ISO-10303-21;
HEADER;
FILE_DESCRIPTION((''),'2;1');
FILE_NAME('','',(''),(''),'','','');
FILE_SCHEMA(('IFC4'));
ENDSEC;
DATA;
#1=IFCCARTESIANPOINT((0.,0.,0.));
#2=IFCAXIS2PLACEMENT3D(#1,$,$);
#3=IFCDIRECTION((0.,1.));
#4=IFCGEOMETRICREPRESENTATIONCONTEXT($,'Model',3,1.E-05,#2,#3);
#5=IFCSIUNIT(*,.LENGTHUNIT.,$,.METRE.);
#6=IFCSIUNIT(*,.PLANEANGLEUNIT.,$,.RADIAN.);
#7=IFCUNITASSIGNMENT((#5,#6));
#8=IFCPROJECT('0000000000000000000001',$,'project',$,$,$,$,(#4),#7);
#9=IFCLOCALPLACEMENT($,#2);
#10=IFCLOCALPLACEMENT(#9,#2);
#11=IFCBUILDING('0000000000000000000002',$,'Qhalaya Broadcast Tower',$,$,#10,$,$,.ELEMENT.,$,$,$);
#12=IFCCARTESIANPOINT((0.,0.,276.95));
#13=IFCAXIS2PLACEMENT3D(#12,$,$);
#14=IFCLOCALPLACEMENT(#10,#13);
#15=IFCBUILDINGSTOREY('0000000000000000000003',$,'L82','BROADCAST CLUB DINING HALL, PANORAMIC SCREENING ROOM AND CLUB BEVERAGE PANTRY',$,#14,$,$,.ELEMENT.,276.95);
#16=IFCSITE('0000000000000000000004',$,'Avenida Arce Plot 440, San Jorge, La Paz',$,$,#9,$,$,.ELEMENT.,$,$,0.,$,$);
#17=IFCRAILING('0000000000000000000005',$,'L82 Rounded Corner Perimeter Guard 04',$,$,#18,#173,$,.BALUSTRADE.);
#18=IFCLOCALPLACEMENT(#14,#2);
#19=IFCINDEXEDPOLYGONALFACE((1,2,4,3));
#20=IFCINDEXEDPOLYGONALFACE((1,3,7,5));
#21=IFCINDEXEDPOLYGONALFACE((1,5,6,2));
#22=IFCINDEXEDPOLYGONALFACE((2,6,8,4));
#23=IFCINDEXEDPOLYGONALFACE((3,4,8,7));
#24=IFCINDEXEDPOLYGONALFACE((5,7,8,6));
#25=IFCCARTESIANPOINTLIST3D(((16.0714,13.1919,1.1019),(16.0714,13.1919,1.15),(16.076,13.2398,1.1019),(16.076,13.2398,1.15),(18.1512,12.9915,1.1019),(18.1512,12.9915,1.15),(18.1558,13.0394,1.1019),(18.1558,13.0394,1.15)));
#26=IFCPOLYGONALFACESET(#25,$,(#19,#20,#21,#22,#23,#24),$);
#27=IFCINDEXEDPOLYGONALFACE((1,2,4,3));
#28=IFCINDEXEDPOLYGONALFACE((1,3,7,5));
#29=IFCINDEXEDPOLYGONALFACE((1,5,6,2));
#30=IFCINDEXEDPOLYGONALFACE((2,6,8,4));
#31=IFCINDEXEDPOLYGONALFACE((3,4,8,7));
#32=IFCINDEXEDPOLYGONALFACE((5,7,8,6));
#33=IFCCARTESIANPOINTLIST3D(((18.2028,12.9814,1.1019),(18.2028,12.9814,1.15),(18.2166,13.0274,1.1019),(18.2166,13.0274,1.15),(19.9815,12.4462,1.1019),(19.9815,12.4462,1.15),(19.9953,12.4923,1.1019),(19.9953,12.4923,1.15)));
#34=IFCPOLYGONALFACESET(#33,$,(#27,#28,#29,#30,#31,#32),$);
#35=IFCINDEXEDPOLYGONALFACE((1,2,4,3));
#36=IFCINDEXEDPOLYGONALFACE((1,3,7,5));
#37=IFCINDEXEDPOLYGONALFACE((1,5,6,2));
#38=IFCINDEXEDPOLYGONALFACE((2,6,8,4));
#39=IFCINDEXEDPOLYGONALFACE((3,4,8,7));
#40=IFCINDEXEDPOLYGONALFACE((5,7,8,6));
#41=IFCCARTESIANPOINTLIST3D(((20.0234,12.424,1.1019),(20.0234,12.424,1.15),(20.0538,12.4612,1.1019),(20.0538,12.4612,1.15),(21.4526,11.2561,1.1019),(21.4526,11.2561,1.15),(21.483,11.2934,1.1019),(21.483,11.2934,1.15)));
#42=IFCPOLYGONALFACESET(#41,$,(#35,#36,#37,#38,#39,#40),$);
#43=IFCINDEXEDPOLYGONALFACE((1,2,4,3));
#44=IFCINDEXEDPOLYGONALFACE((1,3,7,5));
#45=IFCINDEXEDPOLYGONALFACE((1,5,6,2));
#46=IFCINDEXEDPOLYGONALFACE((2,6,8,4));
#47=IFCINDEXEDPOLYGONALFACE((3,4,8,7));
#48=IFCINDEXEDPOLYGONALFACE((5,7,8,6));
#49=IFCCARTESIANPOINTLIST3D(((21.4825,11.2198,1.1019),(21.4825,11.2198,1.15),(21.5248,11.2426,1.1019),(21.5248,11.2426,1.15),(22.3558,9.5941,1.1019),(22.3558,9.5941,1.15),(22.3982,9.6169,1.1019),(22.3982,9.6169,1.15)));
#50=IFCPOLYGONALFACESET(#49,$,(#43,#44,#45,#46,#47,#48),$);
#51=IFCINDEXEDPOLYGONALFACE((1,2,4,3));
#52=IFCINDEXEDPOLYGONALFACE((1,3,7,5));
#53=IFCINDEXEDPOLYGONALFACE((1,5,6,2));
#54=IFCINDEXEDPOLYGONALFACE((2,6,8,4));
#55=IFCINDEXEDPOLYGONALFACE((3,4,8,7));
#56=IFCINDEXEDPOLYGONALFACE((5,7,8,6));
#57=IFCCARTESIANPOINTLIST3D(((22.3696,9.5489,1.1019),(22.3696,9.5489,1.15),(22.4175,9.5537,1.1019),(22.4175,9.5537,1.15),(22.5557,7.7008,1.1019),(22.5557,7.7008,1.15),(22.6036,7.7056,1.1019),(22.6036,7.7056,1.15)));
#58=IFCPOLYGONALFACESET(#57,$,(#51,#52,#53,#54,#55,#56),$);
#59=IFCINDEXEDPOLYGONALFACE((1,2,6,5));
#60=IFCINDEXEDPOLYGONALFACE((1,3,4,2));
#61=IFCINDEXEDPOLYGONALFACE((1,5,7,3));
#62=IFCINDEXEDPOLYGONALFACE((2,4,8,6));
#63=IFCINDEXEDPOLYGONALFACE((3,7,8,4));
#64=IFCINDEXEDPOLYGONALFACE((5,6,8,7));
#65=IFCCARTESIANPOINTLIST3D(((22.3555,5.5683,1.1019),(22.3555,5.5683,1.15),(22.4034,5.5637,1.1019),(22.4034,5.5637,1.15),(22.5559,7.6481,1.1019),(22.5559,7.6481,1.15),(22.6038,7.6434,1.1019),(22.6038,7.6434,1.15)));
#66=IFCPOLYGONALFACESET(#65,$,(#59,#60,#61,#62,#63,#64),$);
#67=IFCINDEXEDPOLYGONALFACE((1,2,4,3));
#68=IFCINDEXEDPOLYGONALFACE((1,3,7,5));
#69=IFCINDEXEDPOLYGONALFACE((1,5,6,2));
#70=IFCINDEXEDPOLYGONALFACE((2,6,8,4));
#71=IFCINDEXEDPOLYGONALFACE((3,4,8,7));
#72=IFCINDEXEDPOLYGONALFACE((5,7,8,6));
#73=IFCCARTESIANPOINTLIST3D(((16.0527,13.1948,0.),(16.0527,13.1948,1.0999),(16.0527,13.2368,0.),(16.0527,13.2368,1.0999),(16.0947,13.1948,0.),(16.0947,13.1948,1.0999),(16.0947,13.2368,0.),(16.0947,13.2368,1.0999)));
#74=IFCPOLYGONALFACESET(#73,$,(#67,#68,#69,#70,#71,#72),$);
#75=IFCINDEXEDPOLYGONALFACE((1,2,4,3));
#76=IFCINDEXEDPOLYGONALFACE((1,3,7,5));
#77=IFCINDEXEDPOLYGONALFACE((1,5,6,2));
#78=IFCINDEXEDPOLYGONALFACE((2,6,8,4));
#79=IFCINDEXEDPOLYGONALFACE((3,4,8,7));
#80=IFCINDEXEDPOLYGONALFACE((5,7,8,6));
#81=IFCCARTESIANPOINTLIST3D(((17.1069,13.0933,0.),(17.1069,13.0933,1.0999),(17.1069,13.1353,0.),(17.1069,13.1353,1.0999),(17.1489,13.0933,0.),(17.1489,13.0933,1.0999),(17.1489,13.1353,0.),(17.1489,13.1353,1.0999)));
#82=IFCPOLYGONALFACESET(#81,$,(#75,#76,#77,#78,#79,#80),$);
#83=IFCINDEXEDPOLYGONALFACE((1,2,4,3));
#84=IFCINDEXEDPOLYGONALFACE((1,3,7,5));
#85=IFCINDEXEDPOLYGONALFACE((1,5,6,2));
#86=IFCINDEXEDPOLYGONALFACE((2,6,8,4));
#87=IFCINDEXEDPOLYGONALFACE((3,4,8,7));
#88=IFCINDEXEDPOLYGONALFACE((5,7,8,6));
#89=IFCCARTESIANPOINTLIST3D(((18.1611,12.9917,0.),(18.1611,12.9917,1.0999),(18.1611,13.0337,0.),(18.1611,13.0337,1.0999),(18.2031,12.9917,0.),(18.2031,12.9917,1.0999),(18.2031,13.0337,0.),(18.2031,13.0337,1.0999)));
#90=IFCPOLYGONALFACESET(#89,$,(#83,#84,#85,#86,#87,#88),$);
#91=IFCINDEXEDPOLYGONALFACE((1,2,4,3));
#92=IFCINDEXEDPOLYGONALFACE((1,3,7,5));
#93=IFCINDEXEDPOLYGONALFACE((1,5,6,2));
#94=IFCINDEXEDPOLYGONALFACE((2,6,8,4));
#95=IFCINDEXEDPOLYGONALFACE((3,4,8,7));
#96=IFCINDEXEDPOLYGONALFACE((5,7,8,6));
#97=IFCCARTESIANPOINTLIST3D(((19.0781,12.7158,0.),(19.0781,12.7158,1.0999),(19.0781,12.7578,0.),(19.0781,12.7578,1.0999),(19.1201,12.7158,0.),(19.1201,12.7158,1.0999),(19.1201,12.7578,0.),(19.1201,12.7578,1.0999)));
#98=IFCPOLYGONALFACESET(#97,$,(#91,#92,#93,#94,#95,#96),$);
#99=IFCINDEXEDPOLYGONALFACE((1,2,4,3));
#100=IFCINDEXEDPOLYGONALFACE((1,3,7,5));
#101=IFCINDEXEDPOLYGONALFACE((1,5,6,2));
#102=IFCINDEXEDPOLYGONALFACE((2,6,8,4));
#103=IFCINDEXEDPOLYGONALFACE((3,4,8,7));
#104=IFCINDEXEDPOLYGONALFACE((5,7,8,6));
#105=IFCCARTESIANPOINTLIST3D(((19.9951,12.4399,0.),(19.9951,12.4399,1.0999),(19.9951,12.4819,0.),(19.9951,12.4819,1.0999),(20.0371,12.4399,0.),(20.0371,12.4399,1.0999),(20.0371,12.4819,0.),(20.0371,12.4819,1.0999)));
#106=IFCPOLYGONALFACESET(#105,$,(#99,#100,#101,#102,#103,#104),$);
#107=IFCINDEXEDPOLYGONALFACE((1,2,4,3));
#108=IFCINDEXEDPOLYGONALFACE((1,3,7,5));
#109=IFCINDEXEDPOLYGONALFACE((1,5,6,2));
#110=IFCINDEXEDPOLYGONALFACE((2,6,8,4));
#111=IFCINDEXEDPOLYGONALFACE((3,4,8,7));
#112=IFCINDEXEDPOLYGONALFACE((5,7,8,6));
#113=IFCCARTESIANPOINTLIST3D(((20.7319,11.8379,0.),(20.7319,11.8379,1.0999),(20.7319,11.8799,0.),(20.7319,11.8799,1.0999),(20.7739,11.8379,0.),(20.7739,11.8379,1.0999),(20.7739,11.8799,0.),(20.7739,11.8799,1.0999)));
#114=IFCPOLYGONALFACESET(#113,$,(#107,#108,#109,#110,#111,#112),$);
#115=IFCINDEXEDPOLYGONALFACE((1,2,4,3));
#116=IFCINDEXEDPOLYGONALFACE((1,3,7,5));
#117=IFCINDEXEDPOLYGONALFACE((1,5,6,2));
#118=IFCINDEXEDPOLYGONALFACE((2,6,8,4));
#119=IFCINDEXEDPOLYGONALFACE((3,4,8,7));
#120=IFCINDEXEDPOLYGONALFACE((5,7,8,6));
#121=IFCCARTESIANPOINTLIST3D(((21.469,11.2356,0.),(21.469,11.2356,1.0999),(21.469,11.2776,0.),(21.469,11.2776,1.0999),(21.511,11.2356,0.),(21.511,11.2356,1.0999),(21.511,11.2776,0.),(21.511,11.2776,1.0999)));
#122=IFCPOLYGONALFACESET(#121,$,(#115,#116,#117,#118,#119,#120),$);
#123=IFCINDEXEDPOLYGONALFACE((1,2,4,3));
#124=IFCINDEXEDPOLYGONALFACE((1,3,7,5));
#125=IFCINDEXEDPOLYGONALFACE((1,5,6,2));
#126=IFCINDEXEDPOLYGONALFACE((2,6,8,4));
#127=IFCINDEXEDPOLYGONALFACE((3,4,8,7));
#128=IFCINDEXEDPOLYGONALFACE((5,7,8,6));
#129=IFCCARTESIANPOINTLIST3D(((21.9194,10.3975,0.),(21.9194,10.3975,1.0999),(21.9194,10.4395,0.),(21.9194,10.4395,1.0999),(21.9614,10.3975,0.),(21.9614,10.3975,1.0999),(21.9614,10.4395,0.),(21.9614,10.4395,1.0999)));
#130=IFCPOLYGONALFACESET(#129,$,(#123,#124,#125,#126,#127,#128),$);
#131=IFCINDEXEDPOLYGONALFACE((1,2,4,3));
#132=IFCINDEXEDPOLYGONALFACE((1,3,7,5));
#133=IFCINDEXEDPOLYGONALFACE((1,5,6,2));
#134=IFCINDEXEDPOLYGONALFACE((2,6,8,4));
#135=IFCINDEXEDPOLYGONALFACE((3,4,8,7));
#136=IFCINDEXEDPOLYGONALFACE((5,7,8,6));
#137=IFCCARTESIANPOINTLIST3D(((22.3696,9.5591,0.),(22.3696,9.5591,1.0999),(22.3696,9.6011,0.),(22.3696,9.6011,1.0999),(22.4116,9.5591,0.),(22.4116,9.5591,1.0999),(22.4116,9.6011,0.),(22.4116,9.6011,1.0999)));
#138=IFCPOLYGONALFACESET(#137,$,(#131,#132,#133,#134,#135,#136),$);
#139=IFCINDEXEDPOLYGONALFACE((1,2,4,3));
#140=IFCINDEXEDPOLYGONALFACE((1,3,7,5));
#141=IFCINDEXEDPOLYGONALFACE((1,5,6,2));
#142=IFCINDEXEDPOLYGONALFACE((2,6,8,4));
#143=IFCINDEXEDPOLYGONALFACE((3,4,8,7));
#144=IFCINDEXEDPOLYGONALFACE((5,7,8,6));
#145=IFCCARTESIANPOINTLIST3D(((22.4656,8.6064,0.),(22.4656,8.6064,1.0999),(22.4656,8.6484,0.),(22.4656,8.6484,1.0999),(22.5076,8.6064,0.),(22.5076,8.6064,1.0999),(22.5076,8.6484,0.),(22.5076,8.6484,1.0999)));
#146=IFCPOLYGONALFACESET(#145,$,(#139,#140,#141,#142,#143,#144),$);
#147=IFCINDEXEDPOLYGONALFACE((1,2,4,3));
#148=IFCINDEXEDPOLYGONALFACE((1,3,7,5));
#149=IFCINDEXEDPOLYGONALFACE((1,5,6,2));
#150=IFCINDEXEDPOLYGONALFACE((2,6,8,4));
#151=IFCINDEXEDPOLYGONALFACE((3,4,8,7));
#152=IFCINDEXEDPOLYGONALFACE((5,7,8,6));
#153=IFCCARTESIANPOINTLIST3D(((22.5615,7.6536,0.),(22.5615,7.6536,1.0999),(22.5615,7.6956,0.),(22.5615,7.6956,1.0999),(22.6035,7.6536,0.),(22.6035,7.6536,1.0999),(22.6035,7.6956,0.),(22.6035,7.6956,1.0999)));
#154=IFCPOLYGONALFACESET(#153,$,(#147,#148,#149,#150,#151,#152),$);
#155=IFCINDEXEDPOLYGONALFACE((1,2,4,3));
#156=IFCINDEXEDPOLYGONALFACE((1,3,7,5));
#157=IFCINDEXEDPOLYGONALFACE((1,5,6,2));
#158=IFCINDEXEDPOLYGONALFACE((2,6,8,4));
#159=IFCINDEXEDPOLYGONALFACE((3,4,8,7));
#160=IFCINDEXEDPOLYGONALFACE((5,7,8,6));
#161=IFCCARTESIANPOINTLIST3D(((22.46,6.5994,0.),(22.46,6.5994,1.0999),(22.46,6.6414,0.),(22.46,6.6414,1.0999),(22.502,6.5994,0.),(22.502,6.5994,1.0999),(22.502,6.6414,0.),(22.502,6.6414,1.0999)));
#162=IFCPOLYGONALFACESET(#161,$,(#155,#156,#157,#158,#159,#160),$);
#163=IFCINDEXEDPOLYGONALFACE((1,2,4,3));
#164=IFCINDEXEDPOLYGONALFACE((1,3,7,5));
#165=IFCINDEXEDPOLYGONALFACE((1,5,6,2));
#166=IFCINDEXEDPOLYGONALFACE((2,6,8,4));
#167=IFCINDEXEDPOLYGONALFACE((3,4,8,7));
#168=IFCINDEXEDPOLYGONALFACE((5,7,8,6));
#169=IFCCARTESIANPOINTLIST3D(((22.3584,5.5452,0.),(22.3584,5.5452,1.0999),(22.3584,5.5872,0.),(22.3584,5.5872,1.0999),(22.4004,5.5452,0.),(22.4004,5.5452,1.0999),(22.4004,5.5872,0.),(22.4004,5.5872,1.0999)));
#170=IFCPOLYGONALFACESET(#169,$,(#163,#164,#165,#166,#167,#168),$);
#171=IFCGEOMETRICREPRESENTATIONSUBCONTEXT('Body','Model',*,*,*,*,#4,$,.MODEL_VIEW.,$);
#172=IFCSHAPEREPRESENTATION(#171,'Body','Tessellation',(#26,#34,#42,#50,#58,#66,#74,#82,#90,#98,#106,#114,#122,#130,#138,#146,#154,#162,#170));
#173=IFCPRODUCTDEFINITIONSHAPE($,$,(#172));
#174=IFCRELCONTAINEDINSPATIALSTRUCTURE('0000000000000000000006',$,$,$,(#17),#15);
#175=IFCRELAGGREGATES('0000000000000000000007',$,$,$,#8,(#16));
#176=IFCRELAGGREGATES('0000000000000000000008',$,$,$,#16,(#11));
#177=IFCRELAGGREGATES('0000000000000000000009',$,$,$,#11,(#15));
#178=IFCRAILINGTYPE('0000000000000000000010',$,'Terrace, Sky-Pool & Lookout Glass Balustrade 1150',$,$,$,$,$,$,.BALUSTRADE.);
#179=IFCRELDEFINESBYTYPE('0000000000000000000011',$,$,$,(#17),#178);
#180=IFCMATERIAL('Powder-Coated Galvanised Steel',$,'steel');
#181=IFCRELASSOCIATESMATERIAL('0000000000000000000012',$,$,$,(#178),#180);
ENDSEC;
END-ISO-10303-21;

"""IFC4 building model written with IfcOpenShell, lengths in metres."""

from ifc_helpers import new_model, si_unit, direction, frame, origin, origin_2d, place, context, subcontext, project, spatial, rectangle, extrude, material, type_object, element, save


model = new_model("IFC4")

# Units and contexts
model_context = context("Model", 3, precision=1e-05, world=origin(), true_north=direction((0.0, 1.0)))
body_context = subcontext(model_context, "Body", "Model", "MODEL_VIEW")
ifc_project = project(units=[si_unit("LENGTHUNIT", "METRE"), si_unit("PLANEANGLEUNIT", "RADIAN")], contexts=[model_context])

# Site, building, storey
site_placement = place(None, origin())
site = spatial("IfcSite", under=ifc_project, at=site_placement, Name="Avenida Arce Plot 440, San Jorge, La Paz", CompositionType="ELEMENT", RefElevation=0.0)
building_placement = place(site_placement, origin())
building = spatial("IfcBuilding", under=site, at=building_placement, Name="Qhalaya Broadcast Tower", CompositionType="ELEMENT")
storey_placement = place(building_placement, frame((0.0, 0.0, 276.95)))
storey = spatial("IfcBuildingStorey", under=building, at=storey_placement, Name="L82", Description="BROADCAST CLUB DINING HALL, PANORAMIC SCREENING ROOM AND CLUB BEVERAGE PANTRY", CompositionType="ELEMENT", Elevation=276.95)

# Railing
ifc_material_1 = material(Name="Powder-Coated Galvanised Steel", Category="steel")
railing_type = type_object("IfcRailingType", Name="Terrace, Sky-Pool & Lookout Glass Balustrade 1150", PredefinedType="BALUSTRADE", material=ifc_material_1)
railing_1_placement = place(storey_placement, frame((16.0737, 13.2158, 0.0)))
element("IfcRailing", 1, at=railing_1_placement, inside=storey, type_object=railing_type, Name="L82 Rounded Corner Perimeter Guard 04", PredefinedType="BALUSTRADE", context=body_context, shape_type="SweptSolid", body=[
    extrude(rectangle(XDim=0.0481, YDim=0.0481, at=origin_2d()), frame((0.0, 0.0, 1.126), z_axis=(0.995391, -0.095897, 0.0), x_axis=(0.095897, 0.995391, 0.0)), (0.0, 0.0, 1.0), 2.0894),
    extrude(rectangle(XDim=0.0481, YDim=0.0481, at=origin_2d()), frame((2.136, -0.2114, 1.126), z_axis=(0.957601, -0.288096, 0.0), x_axis=(0.288096, 0.957601, 0.0)), (0.0, 0.0, 1.0), 1.8574),
    extrude(rectangle(XDim=0.0481, YDim=0.0481, at=origin_2d()), frame((3.9648, -0.7732, 1.126), z_axis=(0.774357, -0.632749, 0.0), x_axis=(0.632749, 0.774357, 0.0)), (0.0, 0.0, 1.0), 1.8457),
    extrude(rectangle(XDim=0.0481, YDim=0.0481, at=origin_2d()), frame((5.4299, -1.9846, 1.126), z_axis=(0.473243, -0.880932, 0.0), x_axis=(0.880932, 0.473243, 0.0)), (0.0, 0.0, 1.0), 1.8455),
    extrude(rectangle(XDim=0.0481, YDim=0.0481, at=origin_2d()), frame((6.3198, -3.6646, 1.126), z_axis=(0.100198, -0.994968, 0.0), x_axis=(0.994968, 0.100198, 0.0)), (0.0, 0.0, 1.0), 1.8574),
    extrude(rectangle(XDim=0.0481, YDim=0.0481, at=origin_2d()), frame((6.5061, -5.5701, 1.126), z_axis=(-0.095897, -0.995391, 0.0), x_axis=(0.995391, -0.095897, 0.0)), (0.0, 0.0, 1.0), 2.0894),
    extrude(rectangle(XDim=0.042, YDim=0.042, at=origin_2d()), origin(), (0.0, 0.0, 1.0), 1.0999),
    extrude(rectangle(XDim=0.042, YDim=0.042, at=origin_2d()), frame((1.0542, -0.1016, 0.0)), (0.0, 0.0, 1.0), 1.0999),
    extrude(rectangle(XDim=0.042, YDim=0.042, at=origin_2d()), frame((2.1084, -0.2031, 0.0)), (0.0, 0.0, 1.0), 1.0999),
    extrude(rectangle(XDim=0.042, YDim=0.042, at=origin_2d()), frame((3.0254, -0.479, 0.0)), (0.0, 0.0, 1.0), 1.0999),
    extrude(rectangle(XDim=0.042, YDim=0.042, at=origin_2d()), frame((3.9424, -0.7549, 0.0)), (0.0, 0.0, 1.0), 1.0999),
    extrude(rectangle(XDim=0.042, YDim=0.042, at=origin_2d()), frame((4.6792, -1.3569, 0.0)), (0.0, 0.0, 1.0), 1.0999),
    extrude(rectangle(XDim=0.042, YDim=0.042, at=origin_2d()), frame((5.4163, -1.9592, 0.0)), (0.0, 0.0, 1.0), 1.0999),
    extrude(rectangle(XDim=0.042, YDim=0.042, at=origin_2d()), frame((5.8667, -2.7974, 0.0)), (0.0, 0.0, 1.0), 1.0999),
    extrude(rectangle(XDim=0.042, YDim=0.042, at=origin_2d()), frame((6.3169, -3.6357, 0.0)), (0.0, 0.0, 1.0), 1.0999),
    extrude(rectangle(XDim=0.042, YDim=0.042, at=origin_2d()), frame((6.4128, -4.5884, 0.0)), (0.0, 0.0, 1.0), 1.0999),
    extrude(rectangle(XDim=0.042, YDim=0.042, at=origin_2d()), frame((6.5088, -5.5413, 0.0)), (0.0, 0.0, 1.0), 1.0999),
    extrude(rectangle(XDim=0.042, YDim=0.042, at=origin_2d()), frame((6.4072, -6.5955, 0.0)), (0.0, 0.0, 1.0), 1.0999),
    extrude(rectangle(XDim=0.042, YDim=0.042, at=origin_2d()), frame((6.3057, -7.6497, 0.0)), (0.0, 0.0, 1.0), 1.0999),
])

save(model, "model.ifc")
